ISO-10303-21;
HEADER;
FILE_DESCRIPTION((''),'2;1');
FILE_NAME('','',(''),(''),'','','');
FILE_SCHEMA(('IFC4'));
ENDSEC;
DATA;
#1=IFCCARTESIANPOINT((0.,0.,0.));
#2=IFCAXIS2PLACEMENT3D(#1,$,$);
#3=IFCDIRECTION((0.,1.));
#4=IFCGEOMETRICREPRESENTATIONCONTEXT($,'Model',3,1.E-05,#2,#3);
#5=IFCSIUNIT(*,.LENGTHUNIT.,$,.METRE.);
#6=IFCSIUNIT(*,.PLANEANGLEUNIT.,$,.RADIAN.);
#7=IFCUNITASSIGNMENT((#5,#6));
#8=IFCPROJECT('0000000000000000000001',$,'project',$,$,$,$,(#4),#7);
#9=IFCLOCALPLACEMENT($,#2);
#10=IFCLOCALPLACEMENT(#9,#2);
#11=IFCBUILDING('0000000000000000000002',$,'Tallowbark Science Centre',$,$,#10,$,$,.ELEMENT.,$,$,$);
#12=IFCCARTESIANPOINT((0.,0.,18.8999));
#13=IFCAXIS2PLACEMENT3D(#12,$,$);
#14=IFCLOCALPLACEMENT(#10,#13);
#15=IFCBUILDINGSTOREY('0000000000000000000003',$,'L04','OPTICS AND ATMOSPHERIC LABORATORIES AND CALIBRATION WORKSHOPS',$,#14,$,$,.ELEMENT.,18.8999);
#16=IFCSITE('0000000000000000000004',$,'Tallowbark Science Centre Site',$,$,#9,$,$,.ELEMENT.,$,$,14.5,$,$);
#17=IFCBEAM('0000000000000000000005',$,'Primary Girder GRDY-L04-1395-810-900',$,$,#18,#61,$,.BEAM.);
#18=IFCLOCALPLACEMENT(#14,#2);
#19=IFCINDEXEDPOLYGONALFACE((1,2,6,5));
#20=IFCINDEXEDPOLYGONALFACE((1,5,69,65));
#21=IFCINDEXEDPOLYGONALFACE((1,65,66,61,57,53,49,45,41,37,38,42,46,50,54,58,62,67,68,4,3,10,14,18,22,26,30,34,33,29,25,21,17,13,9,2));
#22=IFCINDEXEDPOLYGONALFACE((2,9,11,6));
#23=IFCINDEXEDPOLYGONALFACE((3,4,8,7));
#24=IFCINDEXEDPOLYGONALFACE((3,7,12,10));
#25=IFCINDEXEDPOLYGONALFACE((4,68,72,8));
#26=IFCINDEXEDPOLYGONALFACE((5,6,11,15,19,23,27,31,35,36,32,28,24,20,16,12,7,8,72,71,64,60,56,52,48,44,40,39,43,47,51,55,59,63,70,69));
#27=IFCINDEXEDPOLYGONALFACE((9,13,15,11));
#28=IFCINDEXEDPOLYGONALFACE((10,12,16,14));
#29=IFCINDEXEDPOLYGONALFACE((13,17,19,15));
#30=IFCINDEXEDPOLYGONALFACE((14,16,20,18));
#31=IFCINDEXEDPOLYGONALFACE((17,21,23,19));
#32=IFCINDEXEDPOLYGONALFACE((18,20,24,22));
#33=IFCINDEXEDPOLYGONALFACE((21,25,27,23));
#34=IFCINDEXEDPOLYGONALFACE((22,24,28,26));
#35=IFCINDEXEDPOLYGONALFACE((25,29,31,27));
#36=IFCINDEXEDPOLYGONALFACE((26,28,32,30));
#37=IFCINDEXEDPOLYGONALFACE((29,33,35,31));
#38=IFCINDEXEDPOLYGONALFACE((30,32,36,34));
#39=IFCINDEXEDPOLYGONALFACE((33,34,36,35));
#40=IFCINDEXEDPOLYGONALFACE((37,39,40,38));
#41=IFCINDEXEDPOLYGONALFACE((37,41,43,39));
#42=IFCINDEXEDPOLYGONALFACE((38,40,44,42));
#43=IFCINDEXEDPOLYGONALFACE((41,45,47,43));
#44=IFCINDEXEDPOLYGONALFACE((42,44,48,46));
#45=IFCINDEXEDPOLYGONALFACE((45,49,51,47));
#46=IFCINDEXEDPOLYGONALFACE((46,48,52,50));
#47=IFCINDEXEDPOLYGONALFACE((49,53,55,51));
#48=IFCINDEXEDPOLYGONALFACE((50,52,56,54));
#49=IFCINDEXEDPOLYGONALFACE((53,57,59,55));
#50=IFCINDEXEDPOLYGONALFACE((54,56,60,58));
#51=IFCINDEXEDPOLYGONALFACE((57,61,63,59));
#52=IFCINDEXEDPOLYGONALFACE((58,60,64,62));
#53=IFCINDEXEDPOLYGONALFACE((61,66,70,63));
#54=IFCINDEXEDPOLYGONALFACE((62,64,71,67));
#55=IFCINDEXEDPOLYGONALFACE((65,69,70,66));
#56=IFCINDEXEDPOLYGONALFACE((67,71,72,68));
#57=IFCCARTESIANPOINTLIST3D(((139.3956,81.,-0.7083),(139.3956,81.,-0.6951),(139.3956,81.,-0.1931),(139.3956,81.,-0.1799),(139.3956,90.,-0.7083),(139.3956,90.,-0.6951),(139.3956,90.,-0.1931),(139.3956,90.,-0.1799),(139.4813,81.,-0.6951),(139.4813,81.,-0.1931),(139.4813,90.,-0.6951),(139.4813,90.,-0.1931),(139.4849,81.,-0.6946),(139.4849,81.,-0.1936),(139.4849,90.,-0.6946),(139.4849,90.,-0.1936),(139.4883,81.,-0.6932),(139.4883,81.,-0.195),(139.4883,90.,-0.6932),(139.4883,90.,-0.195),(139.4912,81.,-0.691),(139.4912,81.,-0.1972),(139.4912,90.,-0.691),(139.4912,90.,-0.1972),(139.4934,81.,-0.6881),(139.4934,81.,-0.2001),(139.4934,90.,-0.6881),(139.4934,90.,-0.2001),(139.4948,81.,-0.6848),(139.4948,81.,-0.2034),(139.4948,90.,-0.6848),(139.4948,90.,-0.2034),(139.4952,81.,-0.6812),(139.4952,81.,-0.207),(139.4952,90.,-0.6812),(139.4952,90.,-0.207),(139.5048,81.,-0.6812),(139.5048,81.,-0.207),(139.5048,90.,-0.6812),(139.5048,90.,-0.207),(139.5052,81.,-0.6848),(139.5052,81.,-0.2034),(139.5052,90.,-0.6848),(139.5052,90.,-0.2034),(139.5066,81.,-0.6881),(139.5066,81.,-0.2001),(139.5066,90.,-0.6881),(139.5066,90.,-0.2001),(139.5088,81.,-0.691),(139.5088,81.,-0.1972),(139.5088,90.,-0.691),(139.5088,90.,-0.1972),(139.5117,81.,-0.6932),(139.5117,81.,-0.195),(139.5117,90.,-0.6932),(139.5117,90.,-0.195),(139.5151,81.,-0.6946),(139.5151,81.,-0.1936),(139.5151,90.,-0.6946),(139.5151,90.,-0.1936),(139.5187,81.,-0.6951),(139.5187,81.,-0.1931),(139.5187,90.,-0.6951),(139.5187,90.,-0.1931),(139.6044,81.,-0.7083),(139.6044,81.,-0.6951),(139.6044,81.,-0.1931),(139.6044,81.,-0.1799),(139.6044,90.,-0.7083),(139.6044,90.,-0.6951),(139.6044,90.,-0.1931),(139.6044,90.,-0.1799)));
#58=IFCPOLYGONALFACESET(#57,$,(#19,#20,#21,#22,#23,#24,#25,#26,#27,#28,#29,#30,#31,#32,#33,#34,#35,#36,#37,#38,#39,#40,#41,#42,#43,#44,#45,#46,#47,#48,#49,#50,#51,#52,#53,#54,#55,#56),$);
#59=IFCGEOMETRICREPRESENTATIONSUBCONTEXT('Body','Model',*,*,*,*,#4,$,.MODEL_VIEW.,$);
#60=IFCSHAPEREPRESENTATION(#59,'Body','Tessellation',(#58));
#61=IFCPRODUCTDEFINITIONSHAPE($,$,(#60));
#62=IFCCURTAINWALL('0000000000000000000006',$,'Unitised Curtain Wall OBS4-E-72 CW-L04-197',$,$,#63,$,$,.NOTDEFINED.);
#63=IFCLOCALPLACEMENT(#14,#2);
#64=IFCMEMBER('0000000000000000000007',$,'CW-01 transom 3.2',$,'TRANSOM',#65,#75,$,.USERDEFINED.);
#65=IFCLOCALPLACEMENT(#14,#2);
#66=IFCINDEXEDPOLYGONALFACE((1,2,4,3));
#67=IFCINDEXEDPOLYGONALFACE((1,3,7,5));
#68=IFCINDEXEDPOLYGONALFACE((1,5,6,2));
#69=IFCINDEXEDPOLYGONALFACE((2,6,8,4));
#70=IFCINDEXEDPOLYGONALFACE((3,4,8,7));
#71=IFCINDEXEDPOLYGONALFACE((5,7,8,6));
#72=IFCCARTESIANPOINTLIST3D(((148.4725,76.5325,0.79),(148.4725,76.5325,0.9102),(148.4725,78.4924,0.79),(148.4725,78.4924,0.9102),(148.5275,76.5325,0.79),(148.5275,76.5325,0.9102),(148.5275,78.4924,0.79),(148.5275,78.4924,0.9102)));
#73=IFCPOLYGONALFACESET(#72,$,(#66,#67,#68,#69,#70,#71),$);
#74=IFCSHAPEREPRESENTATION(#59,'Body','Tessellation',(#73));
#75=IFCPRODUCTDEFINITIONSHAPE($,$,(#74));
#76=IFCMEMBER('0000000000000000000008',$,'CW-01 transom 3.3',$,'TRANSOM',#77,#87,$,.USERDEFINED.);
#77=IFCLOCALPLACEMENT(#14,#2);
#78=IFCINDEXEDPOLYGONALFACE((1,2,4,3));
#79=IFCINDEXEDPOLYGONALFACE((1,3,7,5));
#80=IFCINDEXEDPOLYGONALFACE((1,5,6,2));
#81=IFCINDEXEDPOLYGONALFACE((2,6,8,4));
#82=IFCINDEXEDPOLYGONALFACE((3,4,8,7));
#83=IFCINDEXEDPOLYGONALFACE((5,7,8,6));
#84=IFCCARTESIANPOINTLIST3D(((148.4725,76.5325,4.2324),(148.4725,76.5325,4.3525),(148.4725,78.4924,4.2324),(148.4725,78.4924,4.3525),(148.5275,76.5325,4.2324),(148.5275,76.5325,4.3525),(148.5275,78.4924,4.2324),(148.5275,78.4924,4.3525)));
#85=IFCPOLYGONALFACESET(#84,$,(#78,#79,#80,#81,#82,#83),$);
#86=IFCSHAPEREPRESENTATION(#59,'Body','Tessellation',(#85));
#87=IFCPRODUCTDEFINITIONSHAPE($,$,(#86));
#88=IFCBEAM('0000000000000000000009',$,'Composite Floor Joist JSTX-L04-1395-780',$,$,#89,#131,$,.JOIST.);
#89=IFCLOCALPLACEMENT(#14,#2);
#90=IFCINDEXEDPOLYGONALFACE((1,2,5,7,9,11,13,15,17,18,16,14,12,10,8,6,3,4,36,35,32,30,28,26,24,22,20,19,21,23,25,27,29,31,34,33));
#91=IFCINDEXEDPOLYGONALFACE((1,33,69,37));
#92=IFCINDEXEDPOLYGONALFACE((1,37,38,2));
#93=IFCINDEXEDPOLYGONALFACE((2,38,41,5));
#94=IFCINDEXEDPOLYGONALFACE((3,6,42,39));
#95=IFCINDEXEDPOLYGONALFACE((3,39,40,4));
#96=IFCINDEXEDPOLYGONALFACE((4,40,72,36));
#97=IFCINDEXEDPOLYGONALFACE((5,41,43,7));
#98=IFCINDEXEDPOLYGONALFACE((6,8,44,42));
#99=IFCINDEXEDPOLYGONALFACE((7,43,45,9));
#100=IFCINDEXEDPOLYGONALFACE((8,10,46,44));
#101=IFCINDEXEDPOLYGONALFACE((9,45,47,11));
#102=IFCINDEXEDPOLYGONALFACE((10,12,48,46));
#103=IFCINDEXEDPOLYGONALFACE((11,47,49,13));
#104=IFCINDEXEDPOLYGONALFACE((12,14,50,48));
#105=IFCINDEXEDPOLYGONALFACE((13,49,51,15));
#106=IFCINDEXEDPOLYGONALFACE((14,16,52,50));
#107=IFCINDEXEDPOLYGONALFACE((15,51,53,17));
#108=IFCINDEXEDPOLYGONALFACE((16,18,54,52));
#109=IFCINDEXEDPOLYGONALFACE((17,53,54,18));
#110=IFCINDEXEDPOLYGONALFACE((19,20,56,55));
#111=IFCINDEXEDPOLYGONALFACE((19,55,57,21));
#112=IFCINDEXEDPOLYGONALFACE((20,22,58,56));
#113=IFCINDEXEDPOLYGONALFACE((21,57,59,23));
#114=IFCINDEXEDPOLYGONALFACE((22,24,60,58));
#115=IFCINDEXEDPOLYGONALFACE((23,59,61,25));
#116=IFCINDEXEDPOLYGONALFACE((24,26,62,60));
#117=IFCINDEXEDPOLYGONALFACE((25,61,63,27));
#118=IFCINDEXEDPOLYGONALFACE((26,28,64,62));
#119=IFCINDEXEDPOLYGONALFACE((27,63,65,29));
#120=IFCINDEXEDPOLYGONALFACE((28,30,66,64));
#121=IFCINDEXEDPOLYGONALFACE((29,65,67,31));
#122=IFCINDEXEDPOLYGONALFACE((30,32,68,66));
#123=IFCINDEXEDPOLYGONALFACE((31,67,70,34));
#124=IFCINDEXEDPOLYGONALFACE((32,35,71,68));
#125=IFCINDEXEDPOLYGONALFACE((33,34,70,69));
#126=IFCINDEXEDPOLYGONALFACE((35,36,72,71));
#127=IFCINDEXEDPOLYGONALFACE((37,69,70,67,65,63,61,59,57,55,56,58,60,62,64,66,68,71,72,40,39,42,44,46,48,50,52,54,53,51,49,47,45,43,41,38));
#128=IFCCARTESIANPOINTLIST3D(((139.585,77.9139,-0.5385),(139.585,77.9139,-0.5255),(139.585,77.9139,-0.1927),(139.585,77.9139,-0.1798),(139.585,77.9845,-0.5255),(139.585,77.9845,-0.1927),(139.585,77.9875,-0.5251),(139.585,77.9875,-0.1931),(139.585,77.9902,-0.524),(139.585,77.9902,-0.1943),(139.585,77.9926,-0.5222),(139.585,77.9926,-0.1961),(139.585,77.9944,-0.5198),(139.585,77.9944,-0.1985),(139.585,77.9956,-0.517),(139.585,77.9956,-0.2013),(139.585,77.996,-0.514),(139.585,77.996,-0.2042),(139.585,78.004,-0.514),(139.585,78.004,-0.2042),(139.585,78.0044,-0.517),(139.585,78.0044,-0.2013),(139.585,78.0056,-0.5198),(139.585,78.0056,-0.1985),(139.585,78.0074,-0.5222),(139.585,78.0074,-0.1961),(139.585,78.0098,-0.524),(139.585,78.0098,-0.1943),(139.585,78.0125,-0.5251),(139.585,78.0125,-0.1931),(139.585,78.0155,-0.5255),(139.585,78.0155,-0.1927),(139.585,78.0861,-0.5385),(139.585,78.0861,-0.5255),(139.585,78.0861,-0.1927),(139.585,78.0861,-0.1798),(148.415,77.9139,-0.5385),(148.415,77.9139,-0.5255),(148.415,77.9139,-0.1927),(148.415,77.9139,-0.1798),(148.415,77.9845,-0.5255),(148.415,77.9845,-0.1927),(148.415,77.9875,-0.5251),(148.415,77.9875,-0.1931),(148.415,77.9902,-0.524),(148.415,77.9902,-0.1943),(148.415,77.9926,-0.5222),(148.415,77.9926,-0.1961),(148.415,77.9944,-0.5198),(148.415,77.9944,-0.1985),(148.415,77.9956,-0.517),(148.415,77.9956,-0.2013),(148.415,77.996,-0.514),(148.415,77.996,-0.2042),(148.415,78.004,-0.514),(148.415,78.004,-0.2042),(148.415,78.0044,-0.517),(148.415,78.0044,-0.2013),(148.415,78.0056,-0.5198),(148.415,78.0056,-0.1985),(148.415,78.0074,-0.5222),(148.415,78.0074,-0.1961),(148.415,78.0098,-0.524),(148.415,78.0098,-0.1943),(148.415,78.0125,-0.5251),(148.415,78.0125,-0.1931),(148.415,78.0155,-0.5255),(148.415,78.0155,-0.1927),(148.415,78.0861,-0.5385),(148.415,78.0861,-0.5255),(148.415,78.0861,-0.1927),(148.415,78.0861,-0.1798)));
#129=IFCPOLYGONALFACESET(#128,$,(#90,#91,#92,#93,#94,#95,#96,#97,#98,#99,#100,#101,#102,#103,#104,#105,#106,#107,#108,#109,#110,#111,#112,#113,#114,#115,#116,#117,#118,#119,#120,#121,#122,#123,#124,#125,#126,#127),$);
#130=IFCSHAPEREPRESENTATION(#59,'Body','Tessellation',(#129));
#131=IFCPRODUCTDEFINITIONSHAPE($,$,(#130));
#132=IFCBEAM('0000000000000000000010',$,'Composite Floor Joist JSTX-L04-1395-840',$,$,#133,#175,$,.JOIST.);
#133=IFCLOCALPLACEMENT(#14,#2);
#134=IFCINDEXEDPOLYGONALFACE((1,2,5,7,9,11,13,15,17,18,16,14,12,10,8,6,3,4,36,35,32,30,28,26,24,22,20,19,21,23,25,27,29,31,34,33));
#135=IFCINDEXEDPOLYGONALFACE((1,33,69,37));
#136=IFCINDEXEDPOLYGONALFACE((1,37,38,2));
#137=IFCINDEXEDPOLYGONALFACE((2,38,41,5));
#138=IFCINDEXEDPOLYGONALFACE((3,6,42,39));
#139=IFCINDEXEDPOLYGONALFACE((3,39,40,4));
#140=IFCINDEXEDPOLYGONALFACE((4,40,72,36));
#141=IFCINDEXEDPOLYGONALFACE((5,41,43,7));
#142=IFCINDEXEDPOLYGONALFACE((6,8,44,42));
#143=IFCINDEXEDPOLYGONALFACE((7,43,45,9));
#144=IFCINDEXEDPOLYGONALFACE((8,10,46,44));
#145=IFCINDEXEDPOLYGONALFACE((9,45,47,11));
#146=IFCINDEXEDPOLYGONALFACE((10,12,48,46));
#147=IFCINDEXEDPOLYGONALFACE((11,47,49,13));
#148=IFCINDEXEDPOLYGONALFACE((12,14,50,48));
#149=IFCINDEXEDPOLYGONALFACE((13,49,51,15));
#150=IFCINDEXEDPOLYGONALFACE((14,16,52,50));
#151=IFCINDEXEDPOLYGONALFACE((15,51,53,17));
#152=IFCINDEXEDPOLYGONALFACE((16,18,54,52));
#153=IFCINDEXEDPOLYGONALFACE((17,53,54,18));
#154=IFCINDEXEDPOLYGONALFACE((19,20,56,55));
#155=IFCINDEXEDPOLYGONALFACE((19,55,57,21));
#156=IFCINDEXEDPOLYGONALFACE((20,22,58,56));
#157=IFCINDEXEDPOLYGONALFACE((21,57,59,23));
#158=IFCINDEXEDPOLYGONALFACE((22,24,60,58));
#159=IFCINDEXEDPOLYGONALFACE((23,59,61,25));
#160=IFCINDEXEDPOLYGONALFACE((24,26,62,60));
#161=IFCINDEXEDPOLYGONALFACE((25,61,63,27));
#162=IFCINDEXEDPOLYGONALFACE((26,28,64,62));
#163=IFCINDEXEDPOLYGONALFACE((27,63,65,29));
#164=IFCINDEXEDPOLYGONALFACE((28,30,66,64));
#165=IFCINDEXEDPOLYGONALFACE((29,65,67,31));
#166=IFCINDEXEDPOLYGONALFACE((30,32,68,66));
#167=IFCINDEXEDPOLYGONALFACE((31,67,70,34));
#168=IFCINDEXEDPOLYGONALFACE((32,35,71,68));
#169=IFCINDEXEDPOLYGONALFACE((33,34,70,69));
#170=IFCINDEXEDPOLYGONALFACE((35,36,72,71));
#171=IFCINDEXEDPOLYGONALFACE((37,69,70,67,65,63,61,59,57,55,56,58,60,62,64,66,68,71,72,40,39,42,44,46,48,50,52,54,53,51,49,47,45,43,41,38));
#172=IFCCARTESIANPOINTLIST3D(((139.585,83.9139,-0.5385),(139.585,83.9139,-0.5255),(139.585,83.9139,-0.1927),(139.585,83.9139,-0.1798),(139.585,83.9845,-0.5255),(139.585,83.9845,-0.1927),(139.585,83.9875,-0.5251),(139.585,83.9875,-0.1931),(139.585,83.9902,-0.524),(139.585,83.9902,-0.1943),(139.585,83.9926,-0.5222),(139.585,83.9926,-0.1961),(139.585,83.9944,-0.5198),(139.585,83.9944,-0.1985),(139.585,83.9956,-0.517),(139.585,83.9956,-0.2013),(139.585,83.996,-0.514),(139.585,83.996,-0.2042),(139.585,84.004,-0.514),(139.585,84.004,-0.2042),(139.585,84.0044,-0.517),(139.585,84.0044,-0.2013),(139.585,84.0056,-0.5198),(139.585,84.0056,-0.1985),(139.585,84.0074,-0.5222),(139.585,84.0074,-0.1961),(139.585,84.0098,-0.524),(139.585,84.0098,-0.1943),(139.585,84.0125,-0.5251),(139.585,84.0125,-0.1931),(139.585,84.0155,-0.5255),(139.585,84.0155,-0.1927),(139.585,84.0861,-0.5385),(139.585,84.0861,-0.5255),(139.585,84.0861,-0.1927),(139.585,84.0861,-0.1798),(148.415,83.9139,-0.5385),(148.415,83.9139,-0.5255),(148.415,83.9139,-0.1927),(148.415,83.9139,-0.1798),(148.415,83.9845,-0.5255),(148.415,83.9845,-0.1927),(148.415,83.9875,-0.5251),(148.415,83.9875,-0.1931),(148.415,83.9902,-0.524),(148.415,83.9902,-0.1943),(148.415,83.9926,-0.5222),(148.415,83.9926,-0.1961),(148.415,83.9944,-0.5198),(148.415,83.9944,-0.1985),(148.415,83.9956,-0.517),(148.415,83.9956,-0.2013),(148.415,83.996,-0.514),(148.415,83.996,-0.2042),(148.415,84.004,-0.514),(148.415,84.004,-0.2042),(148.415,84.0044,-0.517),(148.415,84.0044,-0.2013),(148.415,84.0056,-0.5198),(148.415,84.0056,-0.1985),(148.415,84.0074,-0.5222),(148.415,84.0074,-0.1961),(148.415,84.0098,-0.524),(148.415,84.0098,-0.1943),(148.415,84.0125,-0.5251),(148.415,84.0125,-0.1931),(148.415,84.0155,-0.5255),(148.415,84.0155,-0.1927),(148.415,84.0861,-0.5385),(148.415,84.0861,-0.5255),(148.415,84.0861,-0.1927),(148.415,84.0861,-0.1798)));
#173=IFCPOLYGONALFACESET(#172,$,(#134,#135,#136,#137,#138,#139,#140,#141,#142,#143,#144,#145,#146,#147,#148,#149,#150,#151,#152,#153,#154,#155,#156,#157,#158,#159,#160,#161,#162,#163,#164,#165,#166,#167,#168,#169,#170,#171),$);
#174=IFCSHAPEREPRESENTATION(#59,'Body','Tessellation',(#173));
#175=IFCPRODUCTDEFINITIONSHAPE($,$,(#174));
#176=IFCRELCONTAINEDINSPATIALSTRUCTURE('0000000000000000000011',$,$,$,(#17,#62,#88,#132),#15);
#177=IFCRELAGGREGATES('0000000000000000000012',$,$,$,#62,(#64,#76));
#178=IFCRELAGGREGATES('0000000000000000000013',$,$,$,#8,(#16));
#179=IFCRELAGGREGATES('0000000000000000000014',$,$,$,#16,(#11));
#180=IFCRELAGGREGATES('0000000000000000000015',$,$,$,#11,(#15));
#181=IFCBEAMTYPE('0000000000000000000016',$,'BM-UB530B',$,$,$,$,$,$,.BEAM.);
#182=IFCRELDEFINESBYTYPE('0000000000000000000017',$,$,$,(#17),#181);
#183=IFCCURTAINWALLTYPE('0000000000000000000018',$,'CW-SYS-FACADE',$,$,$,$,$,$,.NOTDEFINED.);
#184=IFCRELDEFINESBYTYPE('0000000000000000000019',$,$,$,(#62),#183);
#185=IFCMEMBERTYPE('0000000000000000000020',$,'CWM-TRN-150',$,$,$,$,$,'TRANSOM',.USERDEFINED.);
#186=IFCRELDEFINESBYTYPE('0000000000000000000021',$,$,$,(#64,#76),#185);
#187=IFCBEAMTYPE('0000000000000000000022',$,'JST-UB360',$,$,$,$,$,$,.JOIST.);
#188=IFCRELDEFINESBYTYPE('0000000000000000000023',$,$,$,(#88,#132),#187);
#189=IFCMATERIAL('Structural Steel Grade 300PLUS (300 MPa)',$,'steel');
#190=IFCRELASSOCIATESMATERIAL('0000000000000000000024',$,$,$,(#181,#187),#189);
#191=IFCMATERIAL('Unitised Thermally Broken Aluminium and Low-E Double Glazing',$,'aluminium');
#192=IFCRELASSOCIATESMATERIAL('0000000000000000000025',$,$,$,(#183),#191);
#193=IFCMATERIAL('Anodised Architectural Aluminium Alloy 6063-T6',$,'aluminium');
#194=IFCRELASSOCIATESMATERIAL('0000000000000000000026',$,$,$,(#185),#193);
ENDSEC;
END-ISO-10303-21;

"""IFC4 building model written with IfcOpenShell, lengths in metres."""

from ifc_helpers import new_model, si_unit, direction, frame, origin, origin_2d, place, context, subcontext, project, spatial, rectangle, i_section, extrude, material, material_profile, profile_set, type_object, element, aggregate, save


model = new_model("IFC4")

# Units and contexts
model_context = context("Model", 3, precision=1e-05, world=origin(), true_north=direction((0.0, 1.0)))
body_context = subcontext(model_context, "Body", "Model", "MODEL_VIEW")
ifc_project = project(units=[si_unit("LENGTHUNIT", "METRE"), si_unit("PLANEANGLEUNIT", "RADIAN")], contexts=[model_context])

# Site, building, storey
site_placement = place(None, origin())
site = spatial("IfcSite", under=ifc_project, at=site_placement, Name="Tallowbark Science Centre Site", CompositionType="ELEMENT", RefElevation=14.5)
building_placement = place(site_placement, origin())
building = spatial("IfcBuilding", under=site, at=building_placement, Name="Tallowbark Science Centre", CompositionType="ELEMENT")
storey_placement = place(building_placement, frame((0.0, 0.0, 18.8999)))
storey = spatial("IfcBuildingStorey", under=building, at=storey_placement, Name="L04", Description="OPTICS AND ATMOSPHERIC LABORATORIES AND CALIBRATION WORKSHOPS", CompositionType="ELEMENT", Elevation=18.8999)

# Shared definitions
ifc_material_1 = material(Name="Structural Steel Grade 300PLUS (300 MPa)", Category="steel")

# Beam
ifc_material_profile_1 = material_profile(ifc_material_1, i_section(OverallWidth=0.2087, OverallDepth=0.5283, WebThickness=0.0095, FlangeThickness=0.0132, FilletRadius=0.0139, at=origin_2d()), Name="530UB82.0")
ifc_profile_set_1 = profile_set([ifc_material_profile_1], Name="Structural Steel Grade 300PLUS (300 MPa)")
beam_type_1 = type_object("IfcBeamType", Name="BM-UB530B", PredefinedType="BEAM", material=ifc_profile_set_1)
beam_placement = place(storey_placement, frame((139.5, 81.0, -0.4441), z_axis=(0.0, 1.0, 0.0), x_axis=(-1.0, 0.0, 0.0)))
element("IfcBeam", 1, at=beam_placement, inside=storey, type_object=beam_type_1, Name="Primary Girder GRDY-L04-1395-810-900", PredefinedType="BEAM", context=body_context, shape_type="SweptSolid", body=[
    extrude(i_section(OverallWidth=0.2087, OverallDepth=0.5283, WebThickness=0.0095, FlangeThickness=0.0132, FilletRadius=0.0139, at=origin_2d()), origin(), (0.0, 0.0, 1.0), 9.0),
])

# Curtain wall, members
ifc_material_2 = material(Name="Unitised Thermally Broken Aluminium and Low-E Double Glazing", Category="aluminium")
curtain_wall_type = type_object("IfcCurtainWallType", Name="CW-SYS-FACADE", PredefinedType="NOTDEFINED", material=ifc_material_2)
curtain_wall_placement = place(storey_placement, origin())
curtain_wall = element("IfcCurtainWall", 2, at=curtain_wall_placement, inside=storey, type_object=curtain_wall_type, Name="Unitised Curtain Wall OBS4-E-72 CW-L04-197", PredefinedType="NOTDEFINED")
ifc_material_3 = material(Name="Anodised Architectural Aluminium Alloy 6063-T6", Category="aluminium")
ifc_material_profile_2 = material_profile(ifc_material_3, rectangle(XDim=0.0549, YDim=0.1201, at=origin_2d()), Name="ALU55x120")
ifc_profile_set_2 = profile_set([ifc_material_profile_2], Name="Anodised Architectural Aluminium Alloy 6063-T6")
member_type = type_object("IfcMemberType", Name="CWM-TRN-150", ElementType="TRANSOM", PredefinedType="USERDEFINED", material=ifc_profile_set_2)
member_1_placement = place(storey_placement, frame((148.5, 76.5325, 0.8501), z_axis=(0.0, 1.0, 0.0), x_axis=(-1.0, 0.0, 0.0)))
member_1 = element("IfcMember", 3, at=member_1_placement, type_object=member_type, Name="CW-01 transom 3.2", ObjectType="TRANSOM", PredefinedType="USERDEFINED", context=body_context, shape_type="SweptSolid", body=[
    extrude(rectangle(XDim=0.0549, YDim=0.1201, at=origin_2d()), origin(), (0.0, 0.0, 1.0), 1.96),
])
member_2_placement = place(storey_placement, frame((148.5, 76.5325, 4.2925), z_axis=(0.0, 1.0, 0.0), x_axis=(-1.0, 0.0, 0.0)))
member_2 = element("IfcMember", 4, at=member_2_placement, type_object=member_type, Name="CW-01 transom 3.3", ObjectType="TRANSOM", PredefinedType="USERDEFINED", context=body_context, shape_type="SweptSolid", body=[
    extrude(rectangle(XDim=0.0549, YDim=0.1201, at=origin_2d()), origin(), (0.0, 0.0, 1.0), 1.96),
])
aggregate(curtain_wall, [member_1, member_2])

# Beams
ifc_material_profile_3 = material_profile(ifc_material_1, i_section(OverallWidth=0.1721, OverallDepth=0.3586, WebThickness=0.0081, FlangeThickness=0.0129, FilletRadius=0.0115, at=origin_2d()), Name="360UB56.7")
ifc_profile_set_3 = profile_set([ifc_material_profile_3], Name="Structural Steel Grade 300PLUS (300 MPa)")
beam_type_2 = type_object("IfcBeamType", Name="JST-UB360", PredefinedType="JOIST", material=ifc_profile_set_3)
for number, where, z_axis, x_axis, name in (
    (5, (139.585, 78.0, -0.3591), (1.0, 0.0, 0.0), (0.0, 1.0, 0.0), "Composite Floor Joist JSTX-L04-1395-780"),
    (6, (139.585, 84.0, -0.3591), (1.0, 0.0, 0.0), (0.0, 1.0, 0.0), "Composite Floor Joist JSTX-L04-1395-840"),
):
    element("IfcBeam", number, at=place(storey_placement, frame(where, z_axis=z_axis, x_axis=x_axis)), inside=storey, type_object=beam_type_2, Name=name, PredefinedType="JOIST", context=body_context, shape_type="SweptSolid", body=[
        extrude(i_section(OverallWidth=0.1721, OverallDepth=0.3586, WebThickness=0.0081, FlangeThickness=0.0129, FilletRadius=0.0115, at=origin_2d()), origin(), (0.0, 0.0, 1.0), 8.8301),
    ])

save(model, "model.ifc")
